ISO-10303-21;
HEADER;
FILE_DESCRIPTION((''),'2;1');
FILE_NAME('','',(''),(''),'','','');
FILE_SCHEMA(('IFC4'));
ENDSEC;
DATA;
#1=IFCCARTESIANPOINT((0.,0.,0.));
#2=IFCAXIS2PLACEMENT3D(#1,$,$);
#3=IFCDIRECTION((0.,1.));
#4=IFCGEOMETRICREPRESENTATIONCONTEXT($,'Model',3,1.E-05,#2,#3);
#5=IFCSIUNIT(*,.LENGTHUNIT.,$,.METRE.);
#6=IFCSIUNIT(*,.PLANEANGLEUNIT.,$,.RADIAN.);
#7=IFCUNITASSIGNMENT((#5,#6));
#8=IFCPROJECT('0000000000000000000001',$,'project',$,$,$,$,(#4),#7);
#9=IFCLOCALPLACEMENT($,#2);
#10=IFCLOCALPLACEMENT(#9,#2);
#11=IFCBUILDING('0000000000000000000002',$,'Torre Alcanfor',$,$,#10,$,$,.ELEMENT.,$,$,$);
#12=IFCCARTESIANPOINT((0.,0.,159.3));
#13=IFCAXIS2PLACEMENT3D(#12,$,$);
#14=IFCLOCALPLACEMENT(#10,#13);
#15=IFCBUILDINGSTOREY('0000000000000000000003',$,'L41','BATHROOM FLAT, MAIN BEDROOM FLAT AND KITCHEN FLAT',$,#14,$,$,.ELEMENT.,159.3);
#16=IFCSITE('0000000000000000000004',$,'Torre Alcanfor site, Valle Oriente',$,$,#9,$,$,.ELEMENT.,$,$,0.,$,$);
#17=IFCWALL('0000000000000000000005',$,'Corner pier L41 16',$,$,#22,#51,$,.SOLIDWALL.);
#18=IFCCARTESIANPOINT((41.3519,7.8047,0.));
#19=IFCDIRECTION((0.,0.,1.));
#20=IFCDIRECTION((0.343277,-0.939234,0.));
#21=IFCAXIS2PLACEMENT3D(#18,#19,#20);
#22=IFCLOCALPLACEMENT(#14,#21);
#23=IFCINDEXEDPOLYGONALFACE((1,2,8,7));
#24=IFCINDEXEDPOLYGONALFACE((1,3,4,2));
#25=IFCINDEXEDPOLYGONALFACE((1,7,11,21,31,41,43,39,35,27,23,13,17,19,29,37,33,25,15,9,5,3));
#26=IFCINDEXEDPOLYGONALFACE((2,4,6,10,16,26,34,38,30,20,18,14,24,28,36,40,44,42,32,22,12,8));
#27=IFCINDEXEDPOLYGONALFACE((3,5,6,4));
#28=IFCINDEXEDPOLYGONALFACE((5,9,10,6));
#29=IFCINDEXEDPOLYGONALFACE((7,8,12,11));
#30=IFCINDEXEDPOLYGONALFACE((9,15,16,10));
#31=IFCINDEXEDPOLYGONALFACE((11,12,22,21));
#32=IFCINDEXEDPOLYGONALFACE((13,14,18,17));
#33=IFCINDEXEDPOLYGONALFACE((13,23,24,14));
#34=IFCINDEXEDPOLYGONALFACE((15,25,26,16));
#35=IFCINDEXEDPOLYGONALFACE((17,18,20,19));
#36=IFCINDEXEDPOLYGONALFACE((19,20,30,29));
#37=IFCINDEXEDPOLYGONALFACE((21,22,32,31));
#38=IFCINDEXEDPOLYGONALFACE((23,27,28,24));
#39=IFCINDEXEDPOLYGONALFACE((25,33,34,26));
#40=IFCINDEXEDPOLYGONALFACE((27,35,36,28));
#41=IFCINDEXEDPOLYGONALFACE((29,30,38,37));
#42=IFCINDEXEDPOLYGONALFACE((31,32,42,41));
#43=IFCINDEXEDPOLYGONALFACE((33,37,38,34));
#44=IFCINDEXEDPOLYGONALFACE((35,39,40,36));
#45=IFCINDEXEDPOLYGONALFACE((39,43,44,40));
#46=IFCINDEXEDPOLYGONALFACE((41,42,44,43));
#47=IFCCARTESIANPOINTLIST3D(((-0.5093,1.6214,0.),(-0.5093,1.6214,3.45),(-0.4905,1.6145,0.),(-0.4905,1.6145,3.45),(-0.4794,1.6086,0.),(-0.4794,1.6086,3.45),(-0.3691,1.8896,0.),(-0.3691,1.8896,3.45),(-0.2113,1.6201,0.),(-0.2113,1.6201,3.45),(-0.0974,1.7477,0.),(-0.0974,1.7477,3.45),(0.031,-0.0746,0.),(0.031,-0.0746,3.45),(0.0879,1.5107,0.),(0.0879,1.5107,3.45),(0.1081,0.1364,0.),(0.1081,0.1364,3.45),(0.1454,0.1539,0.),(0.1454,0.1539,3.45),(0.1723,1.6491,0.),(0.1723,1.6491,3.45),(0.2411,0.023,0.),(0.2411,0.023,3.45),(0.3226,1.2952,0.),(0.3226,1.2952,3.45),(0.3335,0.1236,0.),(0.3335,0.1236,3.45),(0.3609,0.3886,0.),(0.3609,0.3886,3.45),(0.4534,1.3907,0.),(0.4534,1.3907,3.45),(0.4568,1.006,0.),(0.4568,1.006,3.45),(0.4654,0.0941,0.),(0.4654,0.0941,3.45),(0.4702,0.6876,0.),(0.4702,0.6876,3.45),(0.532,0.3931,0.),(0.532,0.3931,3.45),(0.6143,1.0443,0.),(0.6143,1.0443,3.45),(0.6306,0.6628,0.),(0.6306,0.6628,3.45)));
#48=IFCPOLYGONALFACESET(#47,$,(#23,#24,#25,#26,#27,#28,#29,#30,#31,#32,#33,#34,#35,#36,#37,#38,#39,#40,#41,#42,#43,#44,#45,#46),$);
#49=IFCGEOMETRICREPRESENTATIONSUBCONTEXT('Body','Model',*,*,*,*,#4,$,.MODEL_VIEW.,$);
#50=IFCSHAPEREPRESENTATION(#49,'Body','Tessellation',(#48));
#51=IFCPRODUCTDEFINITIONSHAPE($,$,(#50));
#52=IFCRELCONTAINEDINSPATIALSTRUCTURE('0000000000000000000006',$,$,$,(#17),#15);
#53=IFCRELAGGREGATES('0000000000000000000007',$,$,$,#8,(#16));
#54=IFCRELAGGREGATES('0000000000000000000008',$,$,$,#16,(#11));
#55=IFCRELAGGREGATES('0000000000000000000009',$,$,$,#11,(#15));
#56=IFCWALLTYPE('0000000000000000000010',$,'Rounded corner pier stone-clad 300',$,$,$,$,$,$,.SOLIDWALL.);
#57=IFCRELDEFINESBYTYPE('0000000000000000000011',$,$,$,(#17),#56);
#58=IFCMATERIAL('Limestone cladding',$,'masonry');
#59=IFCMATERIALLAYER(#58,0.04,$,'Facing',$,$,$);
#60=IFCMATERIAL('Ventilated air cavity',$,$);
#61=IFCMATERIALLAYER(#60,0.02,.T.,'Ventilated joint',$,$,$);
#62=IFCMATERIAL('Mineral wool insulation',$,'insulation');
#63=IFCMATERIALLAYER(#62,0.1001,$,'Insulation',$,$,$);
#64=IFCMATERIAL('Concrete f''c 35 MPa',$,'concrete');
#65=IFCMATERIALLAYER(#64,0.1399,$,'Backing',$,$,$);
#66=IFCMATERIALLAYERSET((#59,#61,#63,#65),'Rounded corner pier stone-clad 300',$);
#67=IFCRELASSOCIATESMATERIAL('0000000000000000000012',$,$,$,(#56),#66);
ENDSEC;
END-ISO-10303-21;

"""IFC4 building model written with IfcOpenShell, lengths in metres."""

from ifc_helpers import new_model, si_unit, direction, frame, origin, place, context, subcontext, project, spatial, polyline, outline, extrude, material, layer, layer_set, type_object, element, save


model = new_model("IFC4")

# Units and contexts
model_context = context("Model", 3, precision=1e-05, world=origin(), true_north=direction((0.0, 1.0)))
body_context = subcontext(model_context, "Body", "Model", "MODEL_VIEW")
ifc_project = project(units=[si_unit("LENGTHUNIT", "METRE"), si_unit("PLANEANGLEUNIT", "RADIAN")], contexts=[model_context])

# Site, building, storey
site_placement = place(None, origin())
site = spatial("IfcSite", under=ifc_project, at=site_placement, Name="Torre Alcanfor site, Valle Oriente", CompositionType="ELEMENT", RefElevation=0.0)
building_placement = place(site_placement, origin())
building = spatial("IfcBuilding", under=site, at=building_placement, Name="Torre Alcanfor", CompositionType="ELEMENT")
storey_placement = place(building_placement, frame((0.0, 0.0, 159.3)))
storey = spatial("IfcBuildingStorey", under=building, at=storey_placement, Name="L41", Description="BATHROOM FLAT, MAIN BEDROOM FLAT AND KITCHEN FLAT", CompositionType="ELEMENT", Elevation=159.3)

# Wall
ifc_material_1 = material(Name="Limestone cladding", Category="masonry")
ifc_layer_1 = layer(ifc_material_1, 0.04, Name="Facing")
ifc_material_2 = material(Name="Ventilated air cavity")
ifc_layer_2 = layer(ifc_material_2, 0.02, ventilated=True, Name="Ventilated joint")
ifc_material_3 = material(Name="Mineral wool insulation", Category="insulation")
ifc_layer_3 = layer(ifc_material_3, 0.1001, Name="Insulation")
ifc_material_4 = material(Name="Concrete f'c 35 MPa", Category="concrete")
ifc_layer_4 = layer(ifc_material_4, 0.1399, Name="Backing")
ifc_layer_set_1 = layer_set([ifc_layer_1, ifc_layer_2, ifc_layer_3, ifc_layer_4], Name="Rounded corner pier stone-clad 300")
wall_type_1 = type_object("IfcWallType", Name="Rounded corner pier stone-clad 300", PredefinedType="SOLIDWALL", material=ifc_layer_set_1)
wall_1_placement = place(storey_placement, frame((41.3519, 7.8047, 0.0), z_axis=(0.0, 0.0, 1.0), x_axis=(0.343277, -0.939234, 0.0)))
element("IfcWall", 1, at=wall_1_placement, inside=storey, type_object=wall_type_1, Name="Corner pier L41 16", PredefinedType="SOLIDWALL", context=body_context, shape_type="SweptSolid", body=[
    extrude(outline(polyline([(-0.3691, 1.8896), (-0.5093, 1.6214), (-0.4905, 1.6145), (-0.4794, 1.6086), (-0.2113, 1.6201), (0.0879, 1.5107), (0.3226, 1.2952), (0.4568, 1.006), (0.4702, 0.6876), (0.3609, 0.3886), (0.1454, 0.1539), (0.1081, 0.1364), (0.031, -0.0746), (0.2411, 0.023), (0.3335, 0.1236), (0.4654, 0.0941), (0.532, 0.3931), (0.6306, 0.6628), (0.6143, 1.0443), (0.4534, 1.3907), (0.1723, 1.6491), (-0.0974, 1.7477), (-0.3691, 1.8896)])), origin(), (0.0, 0.0, 1.0), 3.45),
])

save(model, "model.ifc")
